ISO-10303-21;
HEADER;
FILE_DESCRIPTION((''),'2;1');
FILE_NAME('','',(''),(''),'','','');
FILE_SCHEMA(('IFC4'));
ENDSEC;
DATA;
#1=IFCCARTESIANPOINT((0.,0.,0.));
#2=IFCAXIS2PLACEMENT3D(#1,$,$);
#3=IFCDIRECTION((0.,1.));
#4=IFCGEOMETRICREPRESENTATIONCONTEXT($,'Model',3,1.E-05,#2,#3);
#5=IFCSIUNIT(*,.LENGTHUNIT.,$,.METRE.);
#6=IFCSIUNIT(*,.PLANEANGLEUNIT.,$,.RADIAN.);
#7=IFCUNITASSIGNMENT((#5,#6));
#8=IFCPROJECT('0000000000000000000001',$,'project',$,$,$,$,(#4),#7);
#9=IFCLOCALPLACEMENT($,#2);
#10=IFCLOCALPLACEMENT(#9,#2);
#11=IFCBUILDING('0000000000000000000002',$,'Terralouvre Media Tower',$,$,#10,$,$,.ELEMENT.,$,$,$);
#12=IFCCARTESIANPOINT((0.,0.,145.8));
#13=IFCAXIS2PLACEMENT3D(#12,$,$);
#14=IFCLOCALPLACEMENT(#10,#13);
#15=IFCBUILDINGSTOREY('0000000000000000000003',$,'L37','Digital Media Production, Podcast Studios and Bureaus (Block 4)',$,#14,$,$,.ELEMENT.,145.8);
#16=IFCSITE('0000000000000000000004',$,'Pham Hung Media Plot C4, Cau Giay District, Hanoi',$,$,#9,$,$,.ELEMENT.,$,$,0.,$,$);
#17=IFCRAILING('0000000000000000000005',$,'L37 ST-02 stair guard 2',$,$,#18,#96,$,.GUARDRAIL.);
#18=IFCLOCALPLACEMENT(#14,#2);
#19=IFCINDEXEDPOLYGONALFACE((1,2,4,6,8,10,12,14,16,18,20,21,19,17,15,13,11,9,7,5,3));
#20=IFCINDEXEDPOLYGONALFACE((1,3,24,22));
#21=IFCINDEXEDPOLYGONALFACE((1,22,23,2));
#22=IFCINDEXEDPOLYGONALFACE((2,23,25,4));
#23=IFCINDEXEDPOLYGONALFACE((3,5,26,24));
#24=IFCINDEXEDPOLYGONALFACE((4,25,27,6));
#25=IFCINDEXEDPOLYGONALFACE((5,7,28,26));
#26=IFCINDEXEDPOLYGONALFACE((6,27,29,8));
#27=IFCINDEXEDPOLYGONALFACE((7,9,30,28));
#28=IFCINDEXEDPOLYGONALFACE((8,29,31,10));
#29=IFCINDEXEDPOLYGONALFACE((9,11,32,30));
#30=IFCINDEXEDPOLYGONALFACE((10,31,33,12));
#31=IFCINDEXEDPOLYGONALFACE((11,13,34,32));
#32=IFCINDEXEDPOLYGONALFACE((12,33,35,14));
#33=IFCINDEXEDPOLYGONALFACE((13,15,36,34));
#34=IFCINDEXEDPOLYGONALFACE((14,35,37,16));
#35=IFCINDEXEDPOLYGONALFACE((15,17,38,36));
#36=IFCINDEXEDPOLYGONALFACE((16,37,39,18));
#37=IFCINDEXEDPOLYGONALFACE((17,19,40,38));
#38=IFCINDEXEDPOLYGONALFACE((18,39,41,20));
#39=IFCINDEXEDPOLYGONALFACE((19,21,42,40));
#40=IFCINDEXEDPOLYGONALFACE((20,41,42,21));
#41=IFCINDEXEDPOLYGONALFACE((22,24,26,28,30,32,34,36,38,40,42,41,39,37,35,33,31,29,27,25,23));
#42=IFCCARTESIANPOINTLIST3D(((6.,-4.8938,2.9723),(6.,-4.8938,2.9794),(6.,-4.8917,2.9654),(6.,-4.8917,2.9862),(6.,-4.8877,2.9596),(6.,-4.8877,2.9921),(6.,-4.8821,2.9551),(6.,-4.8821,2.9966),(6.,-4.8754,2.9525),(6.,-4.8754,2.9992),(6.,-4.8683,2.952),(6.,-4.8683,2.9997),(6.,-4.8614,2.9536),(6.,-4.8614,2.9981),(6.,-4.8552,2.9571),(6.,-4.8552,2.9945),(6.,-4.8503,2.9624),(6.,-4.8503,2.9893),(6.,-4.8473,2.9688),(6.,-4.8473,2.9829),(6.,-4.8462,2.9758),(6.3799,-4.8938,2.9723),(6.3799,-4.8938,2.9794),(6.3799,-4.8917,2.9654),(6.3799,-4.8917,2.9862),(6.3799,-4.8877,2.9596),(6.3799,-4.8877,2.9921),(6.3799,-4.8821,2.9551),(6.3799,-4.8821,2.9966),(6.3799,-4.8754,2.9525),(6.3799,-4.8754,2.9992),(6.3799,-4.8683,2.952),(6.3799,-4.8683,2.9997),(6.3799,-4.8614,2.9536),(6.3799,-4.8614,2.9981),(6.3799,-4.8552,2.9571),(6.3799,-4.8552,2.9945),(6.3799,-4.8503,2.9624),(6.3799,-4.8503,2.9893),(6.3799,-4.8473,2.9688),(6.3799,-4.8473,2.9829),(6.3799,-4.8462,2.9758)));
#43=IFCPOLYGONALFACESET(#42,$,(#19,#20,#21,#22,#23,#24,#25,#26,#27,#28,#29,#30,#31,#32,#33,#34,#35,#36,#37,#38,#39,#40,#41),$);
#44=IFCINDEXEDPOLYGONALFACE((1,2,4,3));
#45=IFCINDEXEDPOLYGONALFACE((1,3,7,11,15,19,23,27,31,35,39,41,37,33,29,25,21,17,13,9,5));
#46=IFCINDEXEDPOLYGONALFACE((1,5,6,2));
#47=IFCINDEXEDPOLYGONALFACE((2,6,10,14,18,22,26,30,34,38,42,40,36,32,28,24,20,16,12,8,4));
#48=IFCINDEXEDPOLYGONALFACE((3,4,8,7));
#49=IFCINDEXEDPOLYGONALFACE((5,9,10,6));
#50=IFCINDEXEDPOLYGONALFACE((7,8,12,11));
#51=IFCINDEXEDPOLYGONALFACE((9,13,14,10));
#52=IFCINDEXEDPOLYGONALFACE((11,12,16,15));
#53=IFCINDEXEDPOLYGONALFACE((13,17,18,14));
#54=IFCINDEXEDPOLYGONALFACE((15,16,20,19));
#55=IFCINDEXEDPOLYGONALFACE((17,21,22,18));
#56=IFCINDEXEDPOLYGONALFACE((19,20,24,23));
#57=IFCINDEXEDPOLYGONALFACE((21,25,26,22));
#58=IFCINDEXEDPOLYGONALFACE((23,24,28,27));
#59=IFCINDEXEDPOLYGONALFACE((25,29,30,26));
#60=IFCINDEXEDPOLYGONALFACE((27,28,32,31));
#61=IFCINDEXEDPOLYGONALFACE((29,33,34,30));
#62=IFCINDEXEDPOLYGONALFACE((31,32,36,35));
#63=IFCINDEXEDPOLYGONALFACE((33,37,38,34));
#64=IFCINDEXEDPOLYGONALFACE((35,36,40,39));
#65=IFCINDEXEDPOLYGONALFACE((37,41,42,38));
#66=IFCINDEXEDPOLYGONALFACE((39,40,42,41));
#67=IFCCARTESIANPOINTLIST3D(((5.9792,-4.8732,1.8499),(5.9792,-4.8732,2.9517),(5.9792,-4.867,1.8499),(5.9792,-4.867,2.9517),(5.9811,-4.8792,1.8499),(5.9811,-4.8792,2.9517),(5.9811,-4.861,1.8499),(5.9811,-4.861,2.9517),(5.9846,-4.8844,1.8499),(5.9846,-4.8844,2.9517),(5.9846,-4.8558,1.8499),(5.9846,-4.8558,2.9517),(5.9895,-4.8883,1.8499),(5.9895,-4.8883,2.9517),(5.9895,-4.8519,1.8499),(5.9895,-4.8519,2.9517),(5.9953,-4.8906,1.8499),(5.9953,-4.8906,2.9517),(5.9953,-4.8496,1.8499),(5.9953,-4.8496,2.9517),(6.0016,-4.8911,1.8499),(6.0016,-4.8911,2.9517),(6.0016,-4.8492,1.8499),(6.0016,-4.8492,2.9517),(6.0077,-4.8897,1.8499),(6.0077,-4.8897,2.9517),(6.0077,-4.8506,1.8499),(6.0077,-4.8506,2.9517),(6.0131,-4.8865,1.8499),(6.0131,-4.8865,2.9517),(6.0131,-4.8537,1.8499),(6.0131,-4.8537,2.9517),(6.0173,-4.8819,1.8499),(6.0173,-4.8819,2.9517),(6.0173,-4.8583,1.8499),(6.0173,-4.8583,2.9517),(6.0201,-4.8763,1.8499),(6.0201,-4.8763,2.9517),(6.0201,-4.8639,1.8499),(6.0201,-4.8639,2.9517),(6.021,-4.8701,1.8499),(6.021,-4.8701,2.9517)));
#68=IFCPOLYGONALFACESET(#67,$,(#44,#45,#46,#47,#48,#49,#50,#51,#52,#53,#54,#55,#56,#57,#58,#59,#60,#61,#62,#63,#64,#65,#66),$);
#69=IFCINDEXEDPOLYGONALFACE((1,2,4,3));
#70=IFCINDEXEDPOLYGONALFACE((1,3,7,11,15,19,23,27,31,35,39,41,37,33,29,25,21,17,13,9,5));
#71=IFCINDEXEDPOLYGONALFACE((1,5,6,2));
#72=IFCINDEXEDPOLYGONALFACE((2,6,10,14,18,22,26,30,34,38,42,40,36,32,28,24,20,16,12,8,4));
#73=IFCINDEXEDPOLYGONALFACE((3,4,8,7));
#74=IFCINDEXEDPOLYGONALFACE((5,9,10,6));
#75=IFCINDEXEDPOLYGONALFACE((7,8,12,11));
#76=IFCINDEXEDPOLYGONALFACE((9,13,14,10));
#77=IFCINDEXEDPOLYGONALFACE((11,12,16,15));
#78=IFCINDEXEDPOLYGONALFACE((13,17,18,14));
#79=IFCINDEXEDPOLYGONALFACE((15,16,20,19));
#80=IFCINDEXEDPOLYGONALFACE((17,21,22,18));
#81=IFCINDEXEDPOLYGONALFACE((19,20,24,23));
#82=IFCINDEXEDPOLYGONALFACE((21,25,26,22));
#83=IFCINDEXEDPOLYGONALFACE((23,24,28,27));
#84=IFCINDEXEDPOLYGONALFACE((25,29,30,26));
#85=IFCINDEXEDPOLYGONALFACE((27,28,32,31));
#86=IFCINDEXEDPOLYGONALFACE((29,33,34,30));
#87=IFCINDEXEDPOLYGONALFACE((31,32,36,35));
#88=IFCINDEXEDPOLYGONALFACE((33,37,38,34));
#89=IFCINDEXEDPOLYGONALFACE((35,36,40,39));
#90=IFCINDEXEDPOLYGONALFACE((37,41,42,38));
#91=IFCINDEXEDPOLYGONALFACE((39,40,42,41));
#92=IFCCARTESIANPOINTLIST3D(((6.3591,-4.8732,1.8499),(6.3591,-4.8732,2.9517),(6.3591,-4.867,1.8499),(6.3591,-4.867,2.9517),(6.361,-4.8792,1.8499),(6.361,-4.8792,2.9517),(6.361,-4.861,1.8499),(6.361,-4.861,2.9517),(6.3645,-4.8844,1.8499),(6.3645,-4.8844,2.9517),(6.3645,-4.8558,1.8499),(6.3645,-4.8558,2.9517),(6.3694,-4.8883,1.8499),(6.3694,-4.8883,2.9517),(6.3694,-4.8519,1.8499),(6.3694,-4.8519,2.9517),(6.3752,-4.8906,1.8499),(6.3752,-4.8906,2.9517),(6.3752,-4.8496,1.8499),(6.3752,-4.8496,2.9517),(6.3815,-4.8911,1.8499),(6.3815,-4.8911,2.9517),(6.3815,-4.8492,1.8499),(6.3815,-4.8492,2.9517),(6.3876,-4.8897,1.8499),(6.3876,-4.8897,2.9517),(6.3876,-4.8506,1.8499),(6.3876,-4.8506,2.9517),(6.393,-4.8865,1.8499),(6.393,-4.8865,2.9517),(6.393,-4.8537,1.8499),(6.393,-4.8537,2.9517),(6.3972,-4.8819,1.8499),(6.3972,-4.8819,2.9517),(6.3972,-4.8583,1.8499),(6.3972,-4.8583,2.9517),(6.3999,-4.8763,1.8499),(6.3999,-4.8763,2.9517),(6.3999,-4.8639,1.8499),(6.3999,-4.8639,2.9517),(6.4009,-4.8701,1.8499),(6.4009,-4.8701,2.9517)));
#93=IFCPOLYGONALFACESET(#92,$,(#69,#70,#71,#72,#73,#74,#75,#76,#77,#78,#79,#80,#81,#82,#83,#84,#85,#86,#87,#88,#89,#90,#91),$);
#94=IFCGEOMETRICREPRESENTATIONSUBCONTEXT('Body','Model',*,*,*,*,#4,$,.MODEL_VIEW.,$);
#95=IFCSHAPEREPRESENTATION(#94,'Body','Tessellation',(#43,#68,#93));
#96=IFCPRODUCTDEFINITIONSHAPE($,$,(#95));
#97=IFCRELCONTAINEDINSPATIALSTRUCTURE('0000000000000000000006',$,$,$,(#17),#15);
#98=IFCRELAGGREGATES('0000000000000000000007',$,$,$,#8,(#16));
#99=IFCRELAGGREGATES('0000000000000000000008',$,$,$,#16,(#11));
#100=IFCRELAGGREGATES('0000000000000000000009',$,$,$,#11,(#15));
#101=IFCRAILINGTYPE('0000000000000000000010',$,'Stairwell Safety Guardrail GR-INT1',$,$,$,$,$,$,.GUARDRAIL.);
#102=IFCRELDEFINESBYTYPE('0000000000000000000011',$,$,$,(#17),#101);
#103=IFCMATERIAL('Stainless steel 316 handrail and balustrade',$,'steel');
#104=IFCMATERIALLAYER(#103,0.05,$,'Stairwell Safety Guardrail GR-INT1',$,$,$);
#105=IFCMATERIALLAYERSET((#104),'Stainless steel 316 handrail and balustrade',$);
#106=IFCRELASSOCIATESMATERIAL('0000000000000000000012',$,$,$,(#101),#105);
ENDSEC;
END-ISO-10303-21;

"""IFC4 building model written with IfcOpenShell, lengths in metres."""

from ifc_helpers import new_model, si_unit, direction, frame, origin, origin_2d, place, context, subcontext, project, spatial, circle, extrude, material, layer, layer_set, type_object, element, save


model = new_model("IFC4")

# Units and contexts
model_context = context("Model", 3, precision=1e-05, world=origin(), true_north=direction((0.0, 1.0)))
body_context = subcontext(model_context, "Body", "Model", "MODEL_VIEW")
ifc_project = project(units=[si_unit("LENGTHUNIT", "METRE"), si_unit("PLANEANGLEUNIT", "RADIAN")], contexts=[model_context])

# Site, building, storey
site_placement = place(None, origin())
site = spatial("IfcSite", under=ifc_project, at=site_placement, Name="Pham Hung Media Plot C4, Cau Giay District, Hanoi", CompositionType="ELEMENT", RefElevation=0.0)
building_placement = place(site_placement, origin())
building = spatial("IfcBuilding", under=site, at=building_placement, Name="Terralouvre Media Tower", CompositionType="ELEMENT")
storey_placement = place(building_placement, frame((0.0, 0.0, 145.8)))
storey = spatial("IfcBuildingStorey", under=building, at=storey_placement, Name="L37", Description="Digital Media Production, Podcast Studios and Bureaus (Block 4)", CompositionType="ELEMENT", Elevation=145.8)

# Railing
ifc_material_1 = material(Name="Stainless steel 316 handrail and balustrade", Category="steel")
ifc_layer_1 = layer(ifc_material_1, 0.05, Name="Stairwell Safety Guardrail GR-INT1")
ifc_layer_set_1 = layer_set([ifc_layer_1], Name="Stainless steel 316 handrail and balustrade")
railing_type_1 = type_object("IfcRailingType", Name="Stairwell Safety Guardrail GR-INT1", PredefinedType="GUARDRAIL", material=ifc_layer_set_1)
railing_1_placement = place(storey_placement, frame((6.0, -4.8701, 1.8499)))
element("IfcRailing", 1, at=railing_1_placement, inside=storey, type_object=railing_type_1, Name="L37 ST-02 stair guard 2", PredefinedType="GUARDRAIL", context=body_context, shape_type="SweptSolid", body=[
    extrude(circle(Radius=0.0239, at=origin_2d()), frame((0.0, 0.0, 1.126), z_axis=(1.0, 0.0, 0.0), x_axis=(0.0, 1.0, 0.0)), (0.0, 0.0, 1.0), 0.3799),
    extrude(circle(Radius=0.021, at=origin_2d()), origin(), (0.0, 0.0, 1.0), 1.1018),
    extrude(circle(Radius=0.021, at=origin_2d()), frame((0.3799, 0.0, 0.0)), (0.0, 0.0, 1.0), 1.1018),
])

save(model, "model.ifc")
